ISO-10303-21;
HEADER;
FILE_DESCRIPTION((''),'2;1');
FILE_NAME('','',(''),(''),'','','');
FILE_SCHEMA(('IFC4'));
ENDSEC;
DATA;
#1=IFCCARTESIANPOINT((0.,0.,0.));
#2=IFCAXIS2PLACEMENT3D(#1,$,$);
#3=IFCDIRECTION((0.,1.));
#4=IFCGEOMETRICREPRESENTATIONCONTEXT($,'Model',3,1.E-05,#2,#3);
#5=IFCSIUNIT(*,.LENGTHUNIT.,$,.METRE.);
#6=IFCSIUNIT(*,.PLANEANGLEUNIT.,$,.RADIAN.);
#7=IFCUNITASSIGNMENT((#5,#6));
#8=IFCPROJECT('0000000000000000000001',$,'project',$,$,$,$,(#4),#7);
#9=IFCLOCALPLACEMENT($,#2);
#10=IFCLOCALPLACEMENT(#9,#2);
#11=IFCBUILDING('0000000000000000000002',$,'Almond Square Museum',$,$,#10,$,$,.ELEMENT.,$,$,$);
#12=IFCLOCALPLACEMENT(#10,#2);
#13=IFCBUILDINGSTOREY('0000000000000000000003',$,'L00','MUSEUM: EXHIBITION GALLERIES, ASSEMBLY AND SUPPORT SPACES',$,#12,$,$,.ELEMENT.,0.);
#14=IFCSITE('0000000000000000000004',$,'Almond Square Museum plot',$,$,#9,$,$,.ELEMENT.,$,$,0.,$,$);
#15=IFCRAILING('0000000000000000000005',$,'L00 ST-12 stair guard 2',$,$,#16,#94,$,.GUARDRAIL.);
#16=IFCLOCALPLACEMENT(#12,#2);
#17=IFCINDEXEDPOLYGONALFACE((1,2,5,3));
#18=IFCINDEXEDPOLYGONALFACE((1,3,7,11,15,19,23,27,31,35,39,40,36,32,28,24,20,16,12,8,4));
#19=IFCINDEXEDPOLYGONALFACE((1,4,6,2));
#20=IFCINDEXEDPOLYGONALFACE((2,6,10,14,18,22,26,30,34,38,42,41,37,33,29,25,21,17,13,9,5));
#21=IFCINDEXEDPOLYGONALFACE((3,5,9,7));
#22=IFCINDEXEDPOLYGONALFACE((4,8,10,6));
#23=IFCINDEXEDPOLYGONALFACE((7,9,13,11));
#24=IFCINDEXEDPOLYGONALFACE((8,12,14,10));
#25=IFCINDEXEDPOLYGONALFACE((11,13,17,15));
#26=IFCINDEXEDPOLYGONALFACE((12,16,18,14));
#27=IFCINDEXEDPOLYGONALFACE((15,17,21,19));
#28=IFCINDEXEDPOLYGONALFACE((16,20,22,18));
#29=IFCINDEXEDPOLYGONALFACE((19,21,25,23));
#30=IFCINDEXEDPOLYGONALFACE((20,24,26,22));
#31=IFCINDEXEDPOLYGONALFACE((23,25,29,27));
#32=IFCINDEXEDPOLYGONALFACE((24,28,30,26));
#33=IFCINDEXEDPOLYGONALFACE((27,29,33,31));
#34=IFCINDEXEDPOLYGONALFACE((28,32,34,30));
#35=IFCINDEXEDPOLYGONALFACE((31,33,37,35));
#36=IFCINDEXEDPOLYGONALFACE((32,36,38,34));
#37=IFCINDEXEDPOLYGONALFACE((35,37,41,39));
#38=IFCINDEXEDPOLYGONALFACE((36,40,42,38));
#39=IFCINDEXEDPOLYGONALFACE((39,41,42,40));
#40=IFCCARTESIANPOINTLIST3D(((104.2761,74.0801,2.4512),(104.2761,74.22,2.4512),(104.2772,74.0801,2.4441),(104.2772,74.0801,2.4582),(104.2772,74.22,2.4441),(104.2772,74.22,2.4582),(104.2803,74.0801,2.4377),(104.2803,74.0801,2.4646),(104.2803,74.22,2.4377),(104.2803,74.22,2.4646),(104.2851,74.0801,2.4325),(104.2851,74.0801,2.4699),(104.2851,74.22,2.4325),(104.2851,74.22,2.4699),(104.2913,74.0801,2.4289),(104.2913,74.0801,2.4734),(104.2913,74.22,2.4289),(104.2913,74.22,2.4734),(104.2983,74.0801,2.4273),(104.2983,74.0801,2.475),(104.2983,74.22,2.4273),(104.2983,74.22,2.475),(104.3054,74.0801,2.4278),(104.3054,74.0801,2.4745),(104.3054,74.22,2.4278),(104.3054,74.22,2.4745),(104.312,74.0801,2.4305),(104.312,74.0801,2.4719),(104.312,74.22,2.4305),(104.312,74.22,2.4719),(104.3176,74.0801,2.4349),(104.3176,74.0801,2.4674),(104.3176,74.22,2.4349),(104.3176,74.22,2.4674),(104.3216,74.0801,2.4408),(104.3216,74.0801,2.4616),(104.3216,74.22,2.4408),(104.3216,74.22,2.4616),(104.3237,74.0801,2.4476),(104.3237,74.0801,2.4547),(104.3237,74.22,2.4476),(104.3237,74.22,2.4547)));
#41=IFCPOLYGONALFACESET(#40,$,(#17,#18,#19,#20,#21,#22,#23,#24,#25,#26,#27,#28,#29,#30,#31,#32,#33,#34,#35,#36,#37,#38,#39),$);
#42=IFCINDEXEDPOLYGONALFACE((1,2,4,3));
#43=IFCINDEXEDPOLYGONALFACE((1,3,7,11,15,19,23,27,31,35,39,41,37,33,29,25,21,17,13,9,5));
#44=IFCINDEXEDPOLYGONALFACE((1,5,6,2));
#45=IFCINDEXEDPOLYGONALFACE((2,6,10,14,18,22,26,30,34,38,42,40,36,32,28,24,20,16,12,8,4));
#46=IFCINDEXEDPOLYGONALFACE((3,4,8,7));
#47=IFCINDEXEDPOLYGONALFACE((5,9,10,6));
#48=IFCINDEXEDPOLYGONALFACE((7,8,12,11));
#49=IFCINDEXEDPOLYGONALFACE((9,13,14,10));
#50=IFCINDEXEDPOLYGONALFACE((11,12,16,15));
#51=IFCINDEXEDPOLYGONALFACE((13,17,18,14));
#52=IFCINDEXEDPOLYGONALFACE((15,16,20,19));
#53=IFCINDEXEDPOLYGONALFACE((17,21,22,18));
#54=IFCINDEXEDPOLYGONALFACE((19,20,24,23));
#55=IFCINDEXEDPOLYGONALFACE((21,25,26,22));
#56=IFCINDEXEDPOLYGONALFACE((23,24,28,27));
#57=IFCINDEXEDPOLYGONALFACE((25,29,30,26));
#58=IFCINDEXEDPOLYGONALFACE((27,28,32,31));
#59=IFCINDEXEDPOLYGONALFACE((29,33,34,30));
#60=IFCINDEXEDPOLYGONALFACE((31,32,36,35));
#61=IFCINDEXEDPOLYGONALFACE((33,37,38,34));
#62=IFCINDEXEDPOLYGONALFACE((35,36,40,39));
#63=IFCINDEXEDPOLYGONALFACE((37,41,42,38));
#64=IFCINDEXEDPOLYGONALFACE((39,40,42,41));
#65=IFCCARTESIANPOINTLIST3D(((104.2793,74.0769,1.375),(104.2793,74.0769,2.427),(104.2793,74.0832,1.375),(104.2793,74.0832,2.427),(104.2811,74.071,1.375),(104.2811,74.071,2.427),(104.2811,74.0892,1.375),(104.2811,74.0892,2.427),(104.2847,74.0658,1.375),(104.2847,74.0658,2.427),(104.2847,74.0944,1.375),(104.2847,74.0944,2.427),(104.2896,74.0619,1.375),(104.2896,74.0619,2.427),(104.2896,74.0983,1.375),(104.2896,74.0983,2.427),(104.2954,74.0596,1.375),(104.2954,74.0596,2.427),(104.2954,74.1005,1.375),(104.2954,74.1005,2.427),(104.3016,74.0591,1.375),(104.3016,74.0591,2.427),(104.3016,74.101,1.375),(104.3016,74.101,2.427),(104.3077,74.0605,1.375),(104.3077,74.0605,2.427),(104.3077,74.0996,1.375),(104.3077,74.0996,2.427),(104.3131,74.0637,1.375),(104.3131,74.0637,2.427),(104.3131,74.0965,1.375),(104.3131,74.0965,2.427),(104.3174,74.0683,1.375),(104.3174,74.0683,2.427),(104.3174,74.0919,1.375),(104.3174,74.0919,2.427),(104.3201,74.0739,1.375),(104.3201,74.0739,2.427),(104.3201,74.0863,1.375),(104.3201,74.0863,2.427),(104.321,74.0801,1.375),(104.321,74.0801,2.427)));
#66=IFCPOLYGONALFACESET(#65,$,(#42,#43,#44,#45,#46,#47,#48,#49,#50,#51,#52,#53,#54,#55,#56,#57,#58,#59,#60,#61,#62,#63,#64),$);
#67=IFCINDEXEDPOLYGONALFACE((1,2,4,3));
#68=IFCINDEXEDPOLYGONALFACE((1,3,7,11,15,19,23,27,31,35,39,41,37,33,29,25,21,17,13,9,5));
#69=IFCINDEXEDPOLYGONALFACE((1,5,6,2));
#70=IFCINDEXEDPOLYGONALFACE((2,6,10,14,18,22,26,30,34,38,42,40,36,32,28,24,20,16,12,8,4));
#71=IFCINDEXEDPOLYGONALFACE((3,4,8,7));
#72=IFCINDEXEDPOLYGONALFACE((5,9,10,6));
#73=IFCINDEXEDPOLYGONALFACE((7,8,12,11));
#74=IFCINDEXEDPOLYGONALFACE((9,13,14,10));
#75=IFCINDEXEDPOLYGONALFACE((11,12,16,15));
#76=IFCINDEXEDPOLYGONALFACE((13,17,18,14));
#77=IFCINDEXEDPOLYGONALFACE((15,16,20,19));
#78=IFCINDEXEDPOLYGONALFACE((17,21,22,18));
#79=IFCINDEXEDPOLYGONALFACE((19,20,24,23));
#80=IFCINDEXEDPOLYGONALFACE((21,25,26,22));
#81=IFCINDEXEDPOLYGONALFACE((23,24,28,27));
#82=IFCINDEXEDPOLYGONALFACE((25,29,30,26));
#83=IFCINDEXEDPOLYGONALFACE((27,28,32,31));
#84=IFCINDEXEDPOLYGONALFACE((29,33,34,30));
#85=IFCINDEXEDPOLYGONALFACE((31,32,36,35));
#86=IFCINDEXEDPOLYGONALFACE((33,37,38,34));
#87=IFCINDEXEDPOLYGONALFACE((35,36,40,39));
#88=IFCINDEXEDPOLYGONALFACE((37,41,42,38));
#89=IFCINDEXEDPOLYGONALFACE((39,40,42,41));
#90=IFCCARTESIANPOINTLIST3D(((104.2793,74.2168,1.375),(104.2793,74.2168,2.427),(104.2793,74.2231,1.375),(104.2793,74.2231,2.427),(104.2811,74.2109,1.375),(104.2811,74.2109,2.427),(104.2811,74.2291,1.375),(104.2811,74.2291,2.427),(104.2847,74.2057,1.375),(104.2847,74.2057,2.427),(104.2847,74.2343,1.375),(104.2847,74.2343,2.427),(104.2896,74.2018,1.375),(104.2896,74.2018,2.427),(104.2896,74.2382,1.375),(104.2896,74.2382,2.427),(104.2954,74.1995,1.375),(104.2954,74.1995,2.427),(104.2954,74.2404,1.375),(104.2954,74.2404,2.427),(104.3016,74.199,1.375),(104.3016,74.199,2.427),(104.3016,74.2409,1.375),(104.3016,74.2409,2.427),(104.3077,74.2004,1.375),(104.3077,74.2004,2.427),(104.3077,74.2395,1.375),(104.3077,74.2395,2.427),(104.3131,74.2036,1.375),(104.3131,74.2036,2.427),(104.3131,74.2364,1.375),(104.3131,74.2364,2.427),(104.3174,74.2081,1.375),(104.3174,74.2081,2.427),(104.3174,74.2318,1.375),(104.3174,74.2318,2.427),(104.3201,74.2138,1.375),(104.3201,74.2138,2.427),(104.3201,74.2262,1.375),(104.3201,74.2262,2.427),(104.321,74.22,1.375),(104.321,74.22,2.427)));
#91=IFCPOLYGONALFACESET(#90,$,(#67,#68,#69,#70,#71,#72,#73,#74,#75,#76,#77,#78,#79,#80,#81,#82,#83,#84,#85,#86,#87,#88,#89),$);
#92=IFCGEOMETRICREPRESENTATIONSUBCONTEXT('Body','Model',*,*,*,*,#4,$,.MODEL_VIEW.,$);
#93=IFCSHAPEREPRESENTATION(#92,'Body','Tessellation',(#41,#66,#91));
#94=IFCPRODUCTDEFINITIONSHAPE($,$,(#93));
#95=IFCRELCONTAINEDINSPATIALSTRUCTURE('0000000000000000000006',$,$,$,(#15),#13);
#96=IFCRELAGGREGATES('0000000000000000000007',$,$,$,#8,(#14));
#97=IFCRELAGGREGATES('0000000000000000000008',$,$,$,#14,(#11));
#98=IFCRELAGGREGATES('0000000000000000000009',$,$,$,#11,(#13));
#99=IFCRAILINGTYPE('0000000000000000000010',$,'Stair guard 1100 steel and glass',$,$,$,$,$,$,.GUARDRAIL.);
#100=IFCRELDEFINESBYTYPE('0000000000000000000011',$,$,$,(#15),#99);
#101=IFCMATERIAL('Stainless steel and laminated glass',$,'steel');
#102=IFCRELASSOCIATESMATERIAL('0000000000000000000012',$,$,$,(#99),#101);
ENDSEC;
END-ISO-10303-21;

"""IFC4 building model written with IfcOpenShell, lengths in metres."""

from ifc_helpers import new_model, si_unit, direction, frame, origin, origin_2d, place, context, subcontext, project, spatial, circle, extrude, material, type_object, element, save


model = new_model("IFC4")

# Units and contexts
model_context = context("Model", 3, precision=1e-05, world=origin(), true_north=direction((0.0, 1.0)))
body_context = subcontext(model_context, "Body", "Model", "MODEL_VIEW")
ifc_project = project(units=[si_unit("LENGTHUNIT", "METRE"), si_unit("PLANEANGLEUNIT", "RADIAN")], contexts=[model_context])

# Site, building, storey
site_placement = place(None, origin())
site = spatial("IfcSite", under=ifc_project, at=site_placement, Name="Almond Square Museum plot", CompositionType="ELEMENT", RefElevation=0.0)
building_placement = place(site_placement, origin())
building = spatial("IfcBuilding", under=site, at=building_placement, Name="Almond Square Museum", CompositionType="ELEMENT")
storey_placement = place(building_placement, origin())
storey = spatial("IfcBuildingStorey", under=building, at=storey_placement, Name="L00", Description="MUSEUM: EXHIBITION GALLERIES, ASSEMBLY AND SUPPORT SPACES", CompositionType="ELEMENT", Elevation=0.0)

# Railing
ifc_material_1 = material(Name="Stainless steel and laminated glass", Category="steel")
railing_type_1 = type_object("IfcRailingType", Name="Stair guard 1100 steel and glass", PredefinedType="GUARDRAIL", material=ifc_material_1)
railing_1_placement = place(storey_placement, frame((104.3, 74.0801, 1.375)))
element("IfcRailing", 1, at=railing_1_placement, inside=storey, type_object=railing_type_1, Name="L00 ST-12 stair guard 2", PredefinedType="GUARDRAIL", context=body_context, shape_type="SweptSolid", body=[
    extrude(circle(Radius=0.0239, at=origin_2d()), frame((0.0, 0.0, 1.0762), z_axis=(0.0, 1.0, 0.0), x_axis=(-1.0, 0.0, 0.0)), (0.0, 0.0, 1.0), 0.1399),
    extrude(circle(Radius=0.021, at=origin_2d()), origin(), (0.0, 0.0, 1.0), 1.052),
    extrude(circle(Radius=0.021, at=origin_2d()), frame((0.0, 0.1399, 0.0)), (0.0, 0.0, 1.0), 1.052),
])

save(model, "model.ifc")
